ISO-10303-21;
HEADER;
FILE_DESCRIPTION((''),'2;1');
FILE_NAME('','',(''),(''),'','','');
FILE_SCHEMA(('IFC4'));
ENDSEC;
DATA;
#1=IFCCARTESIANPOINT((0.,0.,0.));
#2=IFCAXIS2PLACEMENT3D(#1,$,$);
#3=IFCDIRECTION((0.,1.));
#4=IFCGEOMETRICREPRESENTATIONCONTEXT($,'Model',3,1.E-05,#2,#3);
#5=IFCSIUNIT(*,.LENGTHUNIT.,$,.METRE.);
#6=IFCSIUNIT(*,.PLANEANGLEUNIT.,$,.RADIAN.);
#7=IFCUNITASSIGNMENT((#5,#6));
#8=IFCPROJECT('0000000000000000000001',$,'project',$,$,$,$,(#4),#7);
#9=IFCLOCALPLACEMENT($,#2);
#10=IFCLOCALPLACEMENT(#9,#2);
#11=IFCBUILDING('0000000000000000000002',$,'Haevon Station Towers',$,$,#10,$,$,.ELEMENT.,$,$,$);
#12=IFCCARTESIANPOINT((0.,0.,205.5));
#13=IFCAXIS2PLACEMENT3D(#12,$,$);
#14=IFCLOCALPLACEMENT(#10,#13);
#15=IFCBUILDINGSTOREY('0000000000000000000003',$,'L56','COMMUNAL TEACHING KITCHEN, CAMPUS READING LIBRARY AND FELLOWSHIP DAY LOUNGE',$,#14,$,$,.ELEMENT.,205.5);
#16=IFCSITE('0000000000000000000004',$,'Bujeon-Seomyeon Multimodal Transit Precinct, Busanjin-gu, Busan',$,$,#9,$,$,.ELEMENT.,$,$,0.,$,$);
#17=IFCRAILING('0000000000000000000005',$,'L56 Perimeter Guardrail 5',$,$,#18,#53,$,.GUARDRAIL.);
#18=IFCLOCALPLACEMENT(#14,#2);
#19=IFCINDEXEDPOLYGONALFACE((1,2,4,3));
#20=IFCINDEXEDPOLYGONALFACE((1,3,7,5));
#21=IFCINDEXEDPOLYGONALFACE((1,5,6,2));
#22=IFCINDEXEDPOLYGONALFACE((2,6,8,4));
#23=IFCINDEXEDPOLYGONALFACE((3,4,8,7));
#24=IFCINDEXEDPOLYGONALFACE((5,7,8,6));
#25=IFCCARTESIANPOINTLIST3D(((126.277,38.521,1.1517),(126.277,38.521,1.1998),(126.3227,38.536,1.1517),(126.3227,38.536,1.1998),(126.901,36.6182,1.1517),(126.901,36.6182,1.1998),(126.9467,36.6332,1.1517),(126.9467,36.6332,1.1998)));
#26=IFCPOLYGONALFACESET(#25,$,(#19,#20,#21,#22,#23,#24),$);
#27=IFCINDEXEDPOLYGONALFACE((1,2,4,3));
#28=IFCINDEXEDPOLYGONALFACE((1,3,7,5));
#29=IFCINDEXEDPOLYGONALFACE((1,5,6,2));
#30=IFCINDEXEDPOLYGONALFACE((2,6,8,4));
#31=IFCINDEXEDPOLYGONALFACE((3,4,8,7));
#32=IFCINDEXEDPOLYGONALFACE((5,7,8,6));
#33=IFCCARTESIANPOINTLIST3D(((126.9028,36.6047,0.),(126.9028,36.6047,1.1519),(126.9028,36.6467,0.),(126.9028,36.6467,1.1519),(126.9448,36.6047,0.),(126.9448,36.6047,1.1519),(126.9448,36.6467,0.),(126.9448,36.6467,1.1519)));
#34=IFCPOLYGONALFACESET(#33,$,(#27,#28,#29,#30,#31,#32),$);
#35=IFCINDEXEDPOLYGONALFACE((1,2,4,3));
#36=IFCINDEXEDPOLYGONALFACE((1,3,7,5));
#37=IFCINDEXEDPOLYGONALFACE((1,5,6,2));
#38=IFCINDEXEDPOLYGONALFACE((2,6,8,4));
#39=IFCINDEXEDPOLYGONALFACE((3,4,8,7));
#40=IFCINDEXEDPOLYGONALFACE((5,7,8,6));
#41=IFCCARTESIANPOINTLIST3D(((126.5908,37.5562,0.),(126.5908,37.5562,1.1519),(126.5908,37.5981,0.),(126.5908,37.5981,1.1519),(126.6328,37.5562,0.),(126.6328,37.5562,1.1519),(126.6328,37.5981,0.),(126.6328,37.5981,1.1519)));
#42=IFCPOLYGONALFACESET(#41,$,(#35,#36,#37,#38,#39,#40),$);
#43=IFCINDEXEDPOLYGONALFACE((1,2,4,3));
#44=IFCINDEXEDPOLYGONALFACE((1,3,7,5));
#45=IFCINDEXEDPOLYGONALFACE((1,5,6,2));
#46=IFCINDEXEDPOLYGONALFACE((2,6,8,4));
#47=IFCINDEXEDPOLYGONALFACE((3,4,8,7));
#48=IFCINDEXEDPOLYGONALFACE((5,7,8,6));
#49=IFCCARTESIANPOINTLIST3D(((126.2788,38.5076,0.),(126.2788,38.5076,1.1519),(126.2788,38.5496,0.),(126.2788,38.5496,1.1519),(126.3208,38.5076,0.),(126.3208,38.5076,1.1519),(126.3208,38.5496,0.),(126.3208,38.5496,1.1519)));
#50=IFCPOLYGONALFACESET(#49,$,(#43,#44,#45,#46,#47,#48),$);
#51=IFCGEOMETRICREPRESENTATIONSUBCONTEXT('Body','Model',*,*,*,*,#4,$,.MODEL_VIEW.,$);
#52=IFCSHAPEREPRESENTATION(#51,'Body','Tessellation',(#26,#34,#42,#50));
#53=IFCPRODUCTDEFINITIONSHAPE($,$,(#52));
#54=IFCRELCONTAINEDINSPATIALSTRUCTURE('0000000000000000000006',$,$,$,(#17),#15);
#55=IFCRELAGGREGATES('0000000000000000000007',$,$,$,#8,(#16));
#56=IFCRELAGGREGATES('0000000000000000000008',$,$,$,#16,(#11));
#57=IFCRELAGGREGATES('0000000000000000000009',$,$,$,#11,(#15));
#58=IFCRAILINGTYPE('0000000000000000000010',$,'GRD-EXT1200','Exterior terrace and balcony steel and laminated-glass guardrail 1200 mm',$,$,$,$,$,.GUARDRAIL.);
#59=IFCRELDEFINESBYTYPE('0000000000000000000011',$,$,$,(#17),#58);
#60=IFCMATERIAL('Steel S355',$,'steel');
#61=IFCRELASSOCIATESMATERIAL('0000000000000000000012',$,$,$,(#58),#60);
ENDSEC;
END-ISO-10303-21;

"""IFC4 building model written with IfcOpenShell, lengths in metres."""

from ifc_helpers import new_model, si_unit, direction, frame, origin, origin_2d, place, context, subcontext, project, spatial, rectangle, extrude, material, type_object, element, save


model = new_model("IFC4")

# Units and contexts
model_context = context("Model", 3, precision=1e-05, world=origin(), true_north=direction((0.0, 1.0)))
body_context = subcontext(model_context, "Body", "Model", "MODEL_VIEW")
ifc_project = project(units=[si_unit("LENGTHUNIT", "METRE"), si_unit("PLANEANGLEUNIT", "RADIAN")], contexts=[model_context])

# Site, building, storey
site_placement = place(None, origin())
site = spatial("IfcSite", under=ifc_project, at=site_placement, Name="Bujeon-Seomyeon Multimodal Transit Precinct, Busanjin-gu, Busan", CompositionType="ELEMENT", RefElevation=0.0)
building_placement = place(site_placement, origin())
building = spatial("IfcBuilding", under=site, at=building_placement, Name="Haevon Station Towers", CompositionType="ELEMENT")
storey_placement = place(building_placement, frame((0.0, 0.0, 205.5)))
storey = spatial("IfcBuildingStorey", under=building, at=storey_placement, Name="L56", Description="COMMUNAL TEACHING KITCHEN, CAMPUS READING LIBRARY AND FELLOWSHIP DAY LOUNGE", CompositionType="ELEMENT", Elevation=205.5)

# Shared definitions
ifc_material_1 = material(Name="Steel S355", Category="steel")

# Railing
railing_type = type_object("IfcRailingType", Name="GRD-EXT1200", Description="Exterior terrace and balcony steel and laminated-glass guardrail 1200 mm", PredefinedType="GUARDRAIL", material=ifc_material_1)
railing_1_placement = place(storey_placement, frame((126.9238, 36.6257, 0.0)))
element("IfcRailing", 1, at=railing_1_placement, inside=storey, type_object=railing_type, Name="L56 Perimeter Guardrail 5", PredefinedType="GUARDRAIL", context=body_context, shape_type="SweptSolid", body=[
    extrude(rectangle(XDim=0.0481, YDim=0.0481, at=origin_2d()), frame((0.0, 0.0, 1.1758), z_axis=(-0.311616, 0.950208, 0.0), x_axis=(-0.950208, -0.311616, 0.0)), (0.0, 0.0, 1.0), 2.0024),
    extrude(rectangle(XDim=0.042, YDim=0.042, at=origin_2d()), origin(), (0.0, 0.0, 1.0), 1.1519),
    extrude(rectangle(XDim=0.042, YDim=0.042, at=origin_2d()), frame((-0.312, 0.9514, 0.0)), (0.0, 0.0, 1.0), 1.1519),
    extrude(rectangle(XDim=0.042, YDim=0.042, at=origin_2d()), frame((-0.624, 1.9028, 0.0)), (0.0, 0.0, 1.0), 1.1519),
])

save(model, "model.ifc")
